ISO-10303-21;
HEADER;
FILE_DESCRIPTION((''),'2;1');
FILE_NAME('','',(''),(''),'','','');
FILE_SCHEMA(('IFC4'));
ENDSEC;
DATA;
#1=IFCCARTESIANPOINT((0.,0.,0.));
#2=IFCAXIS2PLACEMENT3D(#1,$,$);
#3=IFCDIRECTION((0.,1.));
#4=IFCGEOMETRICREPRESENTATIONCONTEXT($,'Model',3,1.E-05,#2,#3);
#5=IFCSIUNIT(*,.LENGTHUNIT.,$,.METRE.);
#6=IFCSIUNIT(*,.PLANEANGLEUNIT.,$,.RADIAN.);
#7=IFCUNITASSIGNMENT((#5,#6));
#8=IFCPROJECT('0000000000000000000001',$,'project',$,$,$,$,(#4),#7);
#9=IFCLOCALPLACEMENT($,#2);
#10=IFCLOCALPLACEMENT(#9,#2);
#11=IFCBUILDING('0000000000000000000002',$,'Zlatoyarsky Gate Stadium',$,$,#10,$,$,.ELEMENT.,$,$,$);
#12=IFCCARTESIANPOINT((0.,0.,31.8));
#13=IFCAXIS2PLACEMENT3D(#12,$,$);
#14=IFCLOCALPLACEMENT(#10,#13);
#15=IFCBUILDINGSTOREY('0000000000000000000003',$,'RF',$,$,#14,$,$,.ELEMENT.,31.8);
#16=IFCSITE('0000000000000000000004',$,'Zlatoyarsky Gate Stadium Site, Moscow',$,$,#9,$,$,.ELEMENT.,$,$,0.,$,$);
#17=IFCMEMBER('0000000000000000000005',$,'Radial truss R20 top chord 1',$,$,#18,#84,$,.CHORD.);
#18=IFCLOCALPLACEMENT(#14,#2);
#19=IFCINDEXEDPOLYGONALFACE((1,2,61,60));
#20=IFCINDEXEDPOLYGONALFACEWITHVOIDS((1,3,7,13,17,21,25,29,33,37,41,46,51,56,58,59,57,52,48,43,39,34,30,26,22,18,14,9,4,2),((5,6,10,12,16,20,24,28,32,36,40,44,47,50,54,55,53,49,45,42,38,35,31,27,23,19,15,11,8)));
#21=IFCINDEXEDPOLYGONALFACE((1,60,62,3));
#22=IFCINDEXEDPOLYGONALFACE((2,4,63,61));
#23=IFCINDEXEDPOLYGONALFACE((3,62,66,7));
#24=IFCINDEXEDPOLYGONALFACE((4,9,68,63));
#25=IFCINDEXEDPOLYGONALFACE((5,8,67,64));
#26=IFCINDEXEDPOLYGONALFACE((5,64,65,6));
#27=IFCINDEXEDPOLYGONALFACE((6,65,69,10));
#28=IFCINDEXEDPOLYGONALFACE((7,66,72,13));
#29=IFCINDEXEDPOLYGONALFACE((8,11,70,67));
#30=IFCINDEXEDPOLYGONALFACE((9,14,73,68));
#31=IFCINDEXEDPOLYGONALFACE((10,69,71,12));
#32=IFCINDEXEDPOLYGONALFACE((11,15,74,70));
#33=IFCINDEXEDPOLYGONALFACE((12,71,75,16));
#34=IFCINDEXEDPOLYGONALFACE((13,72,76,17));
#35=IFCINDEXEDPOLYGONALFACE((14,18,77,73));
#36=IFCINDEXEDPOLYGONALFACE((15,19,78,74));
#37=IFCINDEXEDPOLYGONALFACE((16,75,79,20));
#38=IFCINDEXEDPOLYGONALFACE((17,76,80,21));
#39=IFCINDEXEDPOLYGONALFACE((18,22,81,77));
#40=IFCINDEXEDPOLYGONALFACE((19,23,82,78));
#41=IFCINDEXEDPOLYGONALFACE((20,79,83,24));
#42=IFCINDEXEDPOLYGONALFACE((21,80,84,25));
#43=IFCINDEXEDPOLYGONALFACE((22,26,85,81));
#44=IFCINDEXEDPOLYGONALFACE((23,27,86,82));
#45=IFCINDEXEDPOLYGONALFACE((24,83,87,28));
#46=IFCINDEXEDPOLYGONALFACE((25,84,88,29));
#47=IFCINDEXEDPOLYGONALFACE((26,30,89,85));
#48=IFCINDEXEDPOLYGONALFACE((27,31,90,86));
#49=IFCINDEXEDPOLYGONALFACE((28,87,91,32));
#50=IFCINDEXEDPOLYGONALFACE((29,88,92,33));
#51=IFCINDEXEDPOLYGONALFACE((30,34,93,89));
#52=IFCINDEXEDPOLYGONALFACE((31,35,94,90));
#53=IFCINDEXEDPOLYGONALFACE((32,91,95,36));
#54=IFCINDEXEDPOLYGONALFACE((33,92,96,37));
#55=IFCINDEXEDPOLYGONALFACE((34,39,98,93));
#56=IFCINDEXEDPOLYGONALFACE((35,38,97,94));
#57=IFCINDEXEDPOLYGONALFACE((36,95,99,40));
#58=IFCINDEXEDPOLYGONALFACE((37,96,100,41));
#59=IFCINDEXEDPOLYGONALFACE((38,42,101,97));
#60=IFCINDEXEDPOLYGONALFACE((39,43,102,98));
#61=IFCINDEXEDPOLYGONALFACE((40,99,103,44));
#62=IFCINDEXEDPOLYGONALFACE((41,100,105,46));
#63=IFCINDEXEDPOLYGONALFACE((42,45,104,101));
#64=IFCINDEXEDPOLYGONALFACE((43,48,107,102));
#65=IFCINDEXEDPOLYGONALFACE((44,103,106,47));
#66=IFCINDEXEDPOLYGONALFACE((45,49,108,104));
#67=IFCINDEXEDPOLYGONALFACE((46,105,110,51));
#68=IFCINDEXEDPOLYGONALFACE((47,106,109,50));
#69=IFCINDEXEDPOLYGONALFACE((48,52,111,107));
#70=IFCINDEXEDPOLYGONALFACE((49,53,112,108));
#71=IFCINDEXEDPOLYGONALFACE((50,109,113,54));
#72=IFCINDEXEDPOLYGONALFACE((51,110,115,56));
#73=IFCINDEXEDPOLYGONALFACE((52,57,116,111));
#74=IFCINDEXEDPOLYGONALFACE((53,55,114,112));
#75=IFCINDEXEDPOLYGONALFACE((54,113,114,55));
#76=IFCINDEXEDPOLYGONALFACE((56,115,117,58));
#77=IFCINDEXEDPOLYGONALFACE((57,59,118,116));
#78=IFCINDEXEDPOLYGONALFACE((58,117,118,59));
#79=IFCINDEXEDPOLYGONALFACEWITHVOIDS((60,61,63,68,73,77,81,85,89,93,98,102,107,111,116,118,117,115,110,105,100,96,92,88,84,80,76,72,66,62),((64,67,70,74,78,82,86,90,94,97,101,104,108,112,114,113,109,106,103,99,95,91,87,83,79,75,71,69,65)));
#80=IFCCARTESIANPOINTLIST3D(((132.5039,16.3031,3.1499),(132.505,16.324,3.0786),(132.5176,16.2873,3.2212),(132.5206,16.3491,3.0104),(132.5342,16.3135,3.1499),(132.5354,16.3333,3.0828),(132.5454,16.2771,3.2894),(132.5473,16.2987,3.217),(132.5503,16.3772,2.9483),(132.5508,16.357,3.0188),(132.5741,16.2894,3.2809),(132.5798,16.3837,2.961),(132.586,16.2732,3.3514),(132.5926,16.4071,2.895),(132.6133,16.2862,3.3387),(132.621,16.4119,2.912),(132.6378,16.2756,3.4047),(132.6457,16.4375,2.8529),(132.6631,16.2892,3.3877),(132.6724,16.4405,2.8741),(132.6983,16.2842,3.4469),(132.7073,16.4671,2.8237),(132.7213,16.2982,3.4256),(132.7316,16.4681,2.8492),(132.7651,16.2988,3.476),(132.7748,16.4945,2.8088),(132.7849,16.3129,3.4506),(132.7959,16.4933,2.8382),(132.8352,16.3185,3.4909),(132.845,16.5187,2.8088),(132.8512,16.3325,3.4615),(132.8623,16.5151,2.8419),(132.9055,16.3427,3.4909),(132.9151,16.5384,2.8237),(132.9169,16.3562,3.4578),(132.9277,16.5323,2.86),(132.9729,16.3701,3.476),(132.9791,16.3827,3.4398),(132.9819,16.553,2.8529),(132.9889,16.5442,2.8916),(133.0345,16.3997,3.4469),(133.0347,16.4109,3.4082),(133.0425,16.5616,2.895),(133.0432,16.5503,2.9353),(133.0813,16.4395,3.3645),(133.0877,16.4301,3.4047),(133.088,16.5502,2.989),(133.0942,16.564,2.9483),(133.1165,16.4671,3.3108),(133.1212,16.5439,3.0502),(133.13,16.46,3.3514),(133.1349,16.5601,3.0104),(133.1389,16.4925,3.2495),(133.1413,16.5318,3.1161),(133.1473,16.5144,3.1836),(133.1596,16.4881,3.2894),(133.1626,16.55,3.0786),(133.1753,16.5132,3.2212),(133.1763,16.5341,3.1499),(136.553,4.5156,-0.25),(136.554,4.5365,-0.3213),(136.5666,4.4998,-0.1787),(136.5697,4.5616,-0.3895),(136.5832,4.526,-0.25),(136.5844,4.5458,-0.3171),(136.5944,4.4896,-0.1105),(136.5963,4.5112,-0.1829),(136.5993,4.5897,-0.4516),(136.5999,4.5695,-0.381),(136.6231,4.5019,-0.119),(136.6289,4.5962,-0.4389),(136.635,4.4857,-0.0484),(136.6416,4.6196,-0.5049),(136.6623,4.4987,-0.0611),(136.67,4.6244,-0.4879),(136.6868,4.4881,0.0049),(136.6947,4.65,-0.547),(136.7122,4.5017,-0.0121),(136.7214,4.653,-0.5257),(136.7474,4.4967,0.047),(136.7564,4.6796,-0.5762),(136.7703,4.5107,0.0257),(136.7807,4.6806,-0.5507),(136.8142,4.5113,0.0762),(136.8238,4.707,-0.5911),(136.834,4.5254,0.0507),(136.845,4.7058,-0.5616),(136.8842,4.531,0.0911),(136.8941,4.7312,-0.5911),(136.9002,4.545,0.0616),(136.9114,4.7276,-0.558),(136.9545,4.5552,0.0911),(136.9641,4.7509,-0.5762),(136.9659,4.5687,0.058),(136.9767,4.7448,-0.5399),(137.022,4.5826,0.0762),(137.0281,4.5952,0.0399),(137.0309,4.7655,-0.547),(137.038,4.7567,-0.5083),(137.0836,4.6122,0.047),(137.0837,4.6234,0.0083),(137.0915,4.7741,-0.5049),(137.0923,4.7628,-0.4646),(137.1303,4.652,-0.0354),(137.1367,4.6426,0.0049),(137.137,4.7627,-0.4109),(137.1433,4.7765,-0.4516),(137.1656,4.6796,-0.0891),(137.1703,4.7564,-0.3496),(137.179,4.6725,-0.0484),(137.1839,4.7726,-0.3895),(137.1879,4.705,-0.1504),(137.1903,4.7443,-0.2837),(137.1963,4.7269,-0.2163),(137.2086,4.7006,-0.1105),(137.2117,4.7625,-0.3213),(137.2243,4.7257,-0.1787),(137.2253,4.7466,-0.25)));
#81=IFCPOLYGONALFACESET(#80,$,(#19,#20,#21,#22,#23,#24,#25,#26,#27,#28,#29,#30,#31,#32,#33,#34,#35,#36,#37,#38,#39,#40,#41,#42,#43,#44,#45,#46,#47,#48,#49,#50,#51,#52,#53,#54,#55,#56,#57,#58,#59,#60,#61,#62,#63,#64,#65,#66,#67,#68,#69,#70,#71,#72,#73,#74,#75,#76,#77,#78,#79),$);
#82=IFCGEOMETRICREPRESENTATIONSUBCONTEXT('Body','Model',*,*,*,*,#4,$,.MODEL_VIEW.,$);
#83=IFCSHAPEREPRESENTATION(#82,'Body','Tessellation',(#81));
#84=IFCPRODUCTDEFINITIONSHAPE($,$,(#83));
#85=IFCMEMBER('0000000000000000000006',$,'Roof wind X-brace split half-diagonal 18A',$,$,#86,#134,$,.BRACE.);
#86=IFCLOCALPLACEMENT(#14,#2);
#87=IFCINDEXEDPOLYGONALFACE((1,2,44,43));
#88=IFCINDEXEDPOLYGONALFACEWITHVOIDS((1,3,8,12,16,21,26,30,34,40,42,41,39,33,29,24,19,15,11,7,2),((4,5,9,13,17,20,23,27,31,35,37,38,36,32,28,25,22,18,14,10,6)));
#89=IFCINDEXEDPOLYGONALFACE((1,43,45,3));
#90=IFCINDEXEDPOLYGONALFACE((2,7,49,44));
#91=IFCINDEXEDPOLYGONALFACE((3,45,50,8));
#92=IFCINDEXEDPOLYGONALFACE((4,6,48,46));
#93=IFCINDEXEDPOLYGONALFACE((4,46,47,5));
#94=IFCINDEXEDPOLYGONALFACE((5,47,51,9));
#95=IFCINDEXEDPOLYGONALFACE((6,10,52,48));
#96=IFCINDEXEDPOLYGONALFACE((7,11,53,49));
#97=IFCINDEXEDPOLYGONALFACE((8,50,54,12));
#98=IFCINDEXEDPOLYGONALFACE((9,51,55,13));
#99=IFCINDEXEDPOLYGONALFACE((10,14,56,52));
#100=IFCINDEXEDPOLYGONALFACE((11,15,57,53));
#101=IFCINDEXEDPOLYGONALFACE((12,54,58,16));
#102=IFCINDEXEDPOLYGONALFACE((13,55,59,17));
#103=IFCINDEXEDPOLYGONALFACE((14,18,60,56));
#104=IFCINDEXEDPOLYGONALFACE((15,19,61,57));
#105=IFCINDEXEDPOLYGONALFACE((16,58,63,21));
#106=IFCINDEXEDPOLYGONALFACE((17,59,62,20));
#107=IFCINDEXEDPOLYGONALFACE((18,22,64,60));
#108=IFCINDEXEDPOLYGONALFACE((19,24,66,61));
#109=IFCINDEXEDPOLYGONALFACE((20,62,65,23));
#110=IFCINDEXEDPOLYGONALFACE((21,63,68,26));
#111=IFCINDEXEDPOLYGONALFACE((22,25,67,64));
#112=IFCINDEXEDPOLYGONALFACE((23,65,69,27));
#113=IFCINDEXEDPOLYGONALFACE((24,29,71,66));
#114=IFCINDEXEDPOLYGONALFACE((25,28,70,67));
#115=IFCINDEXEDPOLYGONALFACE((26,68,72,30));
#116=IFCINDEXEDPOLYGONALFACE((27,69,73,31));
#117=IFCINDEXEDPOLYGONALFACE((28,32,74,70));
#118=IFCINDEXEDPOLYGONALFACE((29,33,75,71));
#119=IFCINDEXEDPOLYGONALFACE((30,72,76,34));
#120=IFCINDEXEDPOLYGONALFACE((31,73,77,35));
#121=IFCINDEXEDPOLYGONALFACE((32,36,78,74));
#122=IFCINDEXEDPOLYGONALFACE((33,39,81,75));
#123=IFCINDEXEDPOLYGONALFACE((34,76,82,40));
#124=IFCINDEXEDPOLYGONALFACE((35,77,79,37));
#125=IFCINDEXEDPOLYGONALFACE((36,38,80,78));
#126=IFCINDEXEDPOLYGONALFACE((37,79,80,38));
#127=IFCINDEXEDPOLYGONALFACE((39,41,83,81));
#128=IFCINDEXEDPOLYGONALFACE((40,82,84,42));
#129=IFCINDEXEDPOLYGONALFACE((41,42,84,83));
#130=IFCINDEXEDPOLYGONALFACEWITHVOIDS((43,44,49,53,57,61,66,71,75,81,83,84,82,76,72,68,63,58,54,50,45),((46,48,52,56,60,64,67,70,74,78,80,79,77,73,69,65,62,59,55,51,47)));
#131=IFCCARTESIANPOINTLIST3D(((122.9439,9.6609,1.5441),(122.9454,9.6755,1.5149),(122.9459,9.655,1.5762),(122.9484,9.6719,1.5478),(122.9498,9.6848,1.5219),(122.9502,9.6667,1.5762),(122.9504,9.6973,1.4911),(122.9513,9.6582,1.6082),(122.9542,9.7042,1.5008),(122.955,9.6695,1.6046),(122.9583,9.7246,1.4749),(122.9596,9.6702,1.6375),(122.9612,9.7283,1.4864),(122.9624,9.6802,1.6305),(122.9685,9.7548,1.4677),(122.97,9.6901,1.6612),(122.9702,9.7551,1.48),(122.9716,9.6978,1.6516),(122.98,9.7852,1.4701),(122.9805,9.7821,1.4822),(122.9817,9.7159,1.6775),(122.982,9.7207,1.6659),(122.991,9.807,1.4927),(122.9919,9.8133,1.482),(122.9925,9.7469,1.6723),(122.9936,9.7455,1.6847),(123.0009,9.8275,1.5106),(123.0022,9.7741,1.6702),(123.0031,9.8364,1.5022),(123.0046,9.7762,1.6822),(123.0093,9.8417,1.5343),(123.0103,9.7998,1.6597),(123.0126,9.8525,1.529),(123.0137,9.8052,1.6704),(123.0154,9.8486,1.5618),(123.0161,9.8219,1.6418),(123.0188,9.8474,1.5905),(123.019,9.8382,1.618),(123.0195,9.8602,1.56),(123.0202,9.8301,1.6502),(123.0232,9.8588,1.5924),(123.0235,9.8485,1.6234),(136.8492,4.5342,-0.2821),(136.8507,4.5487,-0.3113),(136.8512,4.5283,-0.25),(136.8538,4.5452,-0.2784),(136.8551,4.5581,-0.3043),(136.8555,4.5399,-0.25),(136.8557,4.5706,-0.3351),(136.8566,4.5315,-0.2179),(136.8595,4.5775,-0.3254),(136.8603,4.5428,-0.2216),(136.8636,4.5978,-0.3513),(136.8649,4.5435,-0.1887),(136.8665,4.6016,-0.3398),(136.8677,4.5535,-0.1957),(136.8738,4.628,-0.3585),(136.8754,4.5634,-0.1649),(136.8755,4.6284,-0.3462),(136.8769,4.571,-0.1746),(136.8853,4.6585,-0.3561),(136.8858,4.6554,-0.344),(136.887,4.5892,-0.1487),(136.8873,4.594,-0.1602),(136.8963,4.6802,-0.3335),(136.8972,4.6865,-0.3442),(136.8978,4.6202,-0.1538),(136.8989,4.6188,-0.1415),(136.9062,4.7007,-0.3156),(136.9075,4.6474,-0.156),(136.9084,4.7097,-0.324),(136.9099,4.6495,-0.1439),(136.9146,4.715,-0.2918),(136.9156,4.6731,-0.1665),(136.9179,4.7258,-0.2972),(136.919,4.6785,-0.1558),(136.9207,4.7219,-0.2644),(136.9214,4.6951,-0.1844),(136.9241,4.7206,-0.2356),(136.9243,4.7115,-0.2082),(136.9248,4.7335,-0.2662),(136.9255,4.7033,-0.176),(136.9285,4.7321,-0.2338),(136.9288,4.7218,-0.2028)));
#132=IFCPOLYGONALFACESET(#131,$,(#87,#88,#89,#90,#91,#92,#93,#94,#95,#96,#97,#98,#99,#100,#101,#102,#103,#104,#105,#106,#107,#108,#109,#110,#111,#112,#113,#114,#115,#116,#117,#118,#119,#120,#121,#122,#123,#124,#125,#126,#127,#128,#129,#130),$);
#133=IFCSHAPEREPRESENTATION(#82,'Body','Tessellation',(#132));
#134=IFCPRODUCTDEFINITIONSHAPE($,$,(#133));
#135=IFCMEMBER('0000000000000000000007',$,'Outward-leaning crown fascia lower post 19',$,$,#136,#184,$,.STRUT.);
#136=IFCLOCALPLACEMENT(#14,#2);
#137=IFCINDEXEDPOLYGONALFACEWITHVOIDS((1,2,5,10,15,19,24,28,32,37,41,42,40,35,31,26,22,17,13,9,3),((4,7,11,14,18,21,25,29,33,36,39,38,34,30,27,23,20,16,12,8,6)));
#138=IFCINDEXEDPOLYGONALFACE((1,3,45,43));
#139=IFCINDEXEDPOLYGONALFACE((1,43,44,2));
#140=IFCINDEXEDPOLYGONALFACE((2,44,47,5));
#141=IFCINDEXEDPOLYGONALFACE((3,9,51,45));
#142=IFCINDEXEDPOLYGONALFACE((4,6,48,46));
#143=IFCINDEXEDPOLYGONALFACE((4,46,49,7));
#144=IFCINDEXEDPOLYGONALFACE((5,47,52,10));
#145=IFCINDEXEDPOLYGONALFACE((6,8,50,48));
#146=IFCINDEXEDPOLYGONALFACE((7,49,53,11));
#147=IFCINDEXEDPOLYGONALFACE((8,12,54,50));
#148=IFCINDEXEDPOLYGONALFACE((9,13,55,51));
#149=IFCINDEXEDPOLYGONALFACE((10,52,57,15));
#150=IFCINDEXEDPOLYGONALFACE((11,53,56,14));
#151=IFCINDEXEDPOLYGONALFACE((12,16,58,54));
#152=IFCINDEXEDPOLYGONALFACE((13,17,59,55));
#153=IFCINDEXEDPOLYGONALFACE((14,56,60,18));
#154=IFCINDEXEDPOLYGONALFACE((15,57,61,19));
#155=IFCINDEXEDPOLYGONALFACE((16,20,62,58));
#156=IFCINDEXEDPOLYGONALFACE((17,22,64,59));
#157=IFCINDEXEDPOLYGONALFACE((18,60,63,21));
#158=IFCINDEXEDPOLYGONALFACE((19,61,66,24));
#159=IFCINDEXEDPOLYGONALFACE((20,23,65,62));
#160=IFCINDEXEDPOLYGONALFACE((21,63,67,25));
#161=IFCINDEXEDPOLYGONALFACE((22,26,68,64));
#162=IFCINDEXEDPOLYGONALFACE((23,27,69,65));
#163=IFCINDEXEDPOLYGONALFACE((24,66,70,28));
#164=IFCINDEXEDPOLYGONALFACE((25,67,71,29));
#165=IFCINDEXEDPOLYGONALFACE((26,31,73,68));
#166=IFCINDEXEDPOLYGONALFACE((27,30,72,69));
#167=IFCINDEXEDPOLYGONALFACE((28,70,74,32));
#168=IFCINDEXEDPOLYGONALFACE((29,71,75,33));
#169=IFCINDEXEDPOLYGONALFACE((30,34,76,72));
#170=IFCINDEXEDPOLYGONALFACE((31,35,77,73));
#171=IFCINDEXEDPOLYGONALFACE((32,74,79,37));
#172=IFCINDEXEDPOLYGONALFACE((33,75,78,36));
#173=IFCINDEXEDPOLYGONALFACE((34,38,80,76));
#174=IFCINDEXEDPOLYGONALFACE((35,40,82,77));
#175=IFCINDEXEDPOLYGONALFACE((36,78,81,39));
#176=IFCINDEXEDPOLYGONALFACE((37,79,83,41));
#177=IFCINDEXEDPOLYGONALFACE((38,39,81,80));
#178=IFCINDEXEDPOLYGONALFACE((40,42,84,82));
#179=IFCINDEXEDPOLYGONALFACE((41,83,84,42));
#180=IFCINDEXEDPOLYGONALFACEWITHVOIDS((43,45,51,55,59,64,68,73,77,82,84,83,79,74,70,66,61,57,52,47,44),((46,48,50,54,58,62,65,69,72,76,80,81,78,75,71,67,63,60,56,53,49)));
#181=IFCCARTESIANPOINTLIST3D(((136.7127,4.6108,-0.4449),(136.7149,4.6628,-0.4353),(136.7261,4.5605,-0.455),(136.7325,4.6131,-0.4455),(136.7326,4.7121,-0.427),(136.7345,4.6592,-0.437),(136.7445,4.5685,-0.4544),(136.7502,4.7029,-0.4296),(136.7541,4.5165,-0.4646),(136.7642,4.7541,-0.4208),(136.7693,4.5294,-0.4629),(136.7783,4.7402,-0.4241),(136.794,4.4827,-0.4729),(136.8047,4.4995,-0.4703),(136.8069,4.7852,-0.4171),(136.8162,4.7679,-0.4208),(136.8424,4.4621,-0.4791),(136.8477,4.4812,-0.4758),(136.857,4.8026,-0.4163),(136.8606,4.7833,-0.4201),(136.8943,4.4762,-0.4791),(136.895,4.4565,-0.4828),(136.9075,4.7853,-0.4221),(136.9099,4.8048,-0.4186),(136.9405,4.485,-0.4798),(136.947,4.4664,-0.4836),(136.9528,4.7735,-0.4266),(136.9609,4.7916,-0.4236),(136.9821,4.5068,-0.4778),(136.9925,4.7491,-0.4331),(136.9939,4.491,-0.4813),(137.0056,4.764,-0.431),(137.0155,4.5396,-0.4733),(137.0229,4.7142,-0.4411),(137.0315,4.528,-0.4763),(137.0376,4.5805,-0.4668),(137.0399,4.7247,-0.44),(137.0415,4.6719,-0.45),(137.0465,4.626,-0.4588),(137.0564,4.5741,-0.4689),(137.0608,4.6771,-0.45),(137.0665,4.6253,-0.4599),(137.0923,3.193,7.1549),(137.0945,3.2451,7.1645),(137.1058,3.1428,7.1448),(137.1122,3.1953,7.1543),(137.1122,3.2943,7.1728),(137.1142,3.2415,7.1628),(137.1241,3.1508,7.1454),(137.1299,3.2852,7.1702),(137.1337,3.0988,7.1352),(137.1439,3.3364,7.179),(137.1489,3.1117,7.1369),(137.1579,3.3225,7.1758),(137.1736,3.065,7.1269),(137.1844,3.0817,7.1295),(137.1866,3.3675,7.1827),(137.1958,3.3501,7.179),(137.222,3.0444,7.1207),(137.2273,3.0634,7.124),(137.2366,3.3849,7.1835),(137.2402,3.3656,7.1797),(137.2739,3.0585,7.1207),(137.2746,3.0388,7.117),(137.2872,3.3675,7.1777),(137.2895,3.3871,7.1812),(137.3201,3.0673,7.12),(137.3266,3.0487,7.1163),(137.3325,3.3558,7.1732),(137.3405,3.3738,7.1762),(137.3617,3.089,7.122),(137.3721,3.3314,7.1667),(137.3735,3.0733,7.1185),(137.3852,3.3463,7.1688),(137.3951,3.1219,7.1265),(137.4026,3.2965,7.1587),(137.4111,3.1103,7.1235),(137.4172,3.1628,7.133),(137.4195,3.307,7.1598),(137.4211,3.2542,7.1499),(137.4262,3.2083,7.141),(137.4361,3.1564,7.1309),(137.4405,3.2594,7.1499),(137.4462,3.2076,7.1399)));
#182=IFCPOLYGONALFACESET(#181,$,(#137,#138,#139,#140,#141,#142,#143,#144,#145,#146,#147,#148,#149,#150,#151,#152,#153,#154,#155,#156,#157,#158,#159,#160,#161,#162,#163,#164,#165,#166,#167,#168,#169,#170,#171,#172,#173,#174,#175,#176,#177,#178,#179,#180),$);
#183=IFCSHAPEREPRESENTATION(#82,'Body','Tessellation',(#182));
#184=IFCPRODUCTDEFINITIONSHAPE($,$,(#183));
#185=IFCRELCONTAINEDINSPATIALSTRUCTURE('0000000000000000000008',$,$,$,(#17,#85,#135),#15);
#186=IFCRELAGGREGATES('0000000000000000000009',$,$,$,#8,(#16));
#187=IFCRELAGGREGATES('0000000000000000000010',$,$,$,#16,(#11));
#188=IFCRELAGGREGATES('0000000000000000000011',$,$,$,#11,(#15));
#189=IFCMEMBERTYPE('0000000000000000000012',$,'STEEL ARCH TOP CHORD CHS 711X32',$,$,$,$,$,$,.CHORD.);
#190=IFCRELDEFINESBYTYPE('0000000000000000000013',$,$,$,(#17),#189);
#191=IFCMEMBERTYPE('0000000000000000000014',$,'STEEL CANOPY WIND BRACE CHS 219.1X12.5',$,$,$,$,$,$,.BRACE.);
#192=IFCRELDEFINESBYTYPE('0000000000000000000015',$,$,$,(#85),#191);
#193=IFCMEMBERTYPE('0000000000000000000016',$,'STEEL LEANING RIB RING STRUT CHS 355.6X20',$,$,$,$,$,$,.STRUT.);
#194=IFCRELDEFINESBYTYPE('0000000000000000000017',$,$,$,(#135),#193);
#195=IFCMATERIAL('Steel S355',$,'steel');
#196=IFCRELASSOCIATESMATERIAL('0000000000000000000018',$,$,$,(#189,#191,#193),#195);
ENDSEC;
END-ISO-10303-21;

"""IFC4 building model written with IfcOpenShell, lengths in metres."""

from ifc_helpers import new_model, si_unit, direction, frame, origin, origin_2d, place, context, subcontext, project, spatial, hollow_circle, extrude, material, material_profile, profile_set, type_object, element, save


model = new_model("IFC4")

# Units and contexts
model_context = context("Model", 3, precision=1e-05, world=origin(), true_north=direction((0.0, 1.0)))
body_context = subcontext(model_context, "Body", "Model", "MODEL_VIEW")
ifc_project = project(units=[si_unit("LENGTHUNIT", "METRE"), si_unit("PLANEANGLEUNIT", "RADIAN")], contexts=[model_context])

# Site, building, storey
site_placement = place(None, origin())
site = spatial("IfcSite", under=ifc_project, at=site_placement, Name="Zlatoyarsky Gate Stadium Site, Moscow", CompositionType="ELEMENT", RefElevation=0.0)
building_placement = place(site_placement, origin())
building = spatial("IfcBuilding", under=site, at=building_placement, Name="Zlatoyarsky Gate Stadium", CompositionType="ELEMENT")
storey_placement = place(building_placement, frame((0.0, 0.0, 31.8)))
storey = spatial("IfcBuildingStorey", under=building, at=storey_placement, Name="RF", CompositionType="ELEMENT", Elevation=31.8)

# Members
ifc_material_1 = material(Name="Steel S355", Category="steel")
ifc_material_profile_1 = material_profile(ifc_material_1, hollow_circle(Radius=0.3555, WallThickness=0.032, at=origin_2d()), Name="CHS 711X32")
ifc_profile_set_1 = profile_set([ifc_material_profile_1], Name="Steel S355")
member_type_1 = type_object("IfcMemberType", Name="STEEL ARCH TOP CHORD CHS 711X32", PredefinedType="CHORD", material=ifc_profile_set_1)
member_1_placement = place(storey_placement, frame((136.8892, 4.6311, -0.25), z_axis=(-0.313419, 0.91242, 0.26317), x_axis=(-0.945758, -0.324871, 0.0)))
element("IfcMember", 1, at=member_1_placement, inside=storey, type_object=member_type_1, Name="Radial truss R20 top chord 1", PredefinedType="CHORD", context=body_context, shape_type="SweptSolid", body=[
    extrude(hollow_circle(Radius=0.3555, WallThickness=0.032, at=origin_2d()), origin(), (0.0, 0.0, 1.0), 12.9189),
])
ifc_material_profile_2 = material_profile(ifc_material_1, hollow_circle(Radius=0.1096, WallThickness=0.0125, at=origin_2d()), Name="CHS 219.1X12.5")
ifc_profile_set_2 = profile_set([ifc_material_profile_2], Name="Steel S355")
member_type_2 = type_object("IfcMemberType", Name="STEEL CANOPY WIND BRACE CHS 219.1X12.5", PredefinedType="BRACE", material=ifc_profile_set_2)
member_2_placement = place(storey_placement, frame((136.8892, 4.6311, -0.25), z_axis=(-0.931219, 0.343329, 0.122296), x_axis=(-0.345926, -0.938262, 0.0)))
element("IfcMember", 2, at=member_2_placement, inside=storey, type_object=member_type_2, Name="Roof wind X-brace split half-diagonal 18A", PredefinedType="BRACE", context=body_context, shape_type="SweptSolid", body=[
    extrude(hollow_circle(Radius=0.1096, WallThickness=0.0125, at=origin_2d()), origin(), (0.0, 0.0, 1.0), 14.9324),
])
ifc_material_profile_3 = material_profile(ifc_material_1, hollow_circle(Radius=0.1777, WallThickness=0.02, at=origin_2d()), Name="CHS 355.6X20")
ifc_profile_set_3 = profile_set([ifc_material_profile_3], Name="Steel S355")
member_type_3 = type_object("IfcMemberType", Name="STEEL LEANING RIB RING STRUT CHS 355.6X20", PredefinedType="STRUT", material=ifc_profile_set_3)
member_3_placement = place(storey_placement, frame((136.8892, 4.6311, -0.45), z_axis=(0.049047, -0.183162, 0.981858), x_axis=(0.965967, 0.258667, 0.0)))
element("IfcMember", 3, at=member_3_placement, inside=storey, type_object=member_type_3, Name="Outward-leaning crown fascia lower post 19", PredefinedType="STRUT", context=body_context, shape_type="SweptSolid", body=[
    extrude(hollow_circle(Radius=0.1777, WallThickness=0.02, at=origin_2d()), origin(), (0.0, 0.0, 1.0), 7.7402),
])

save(model, "model.ifc")
